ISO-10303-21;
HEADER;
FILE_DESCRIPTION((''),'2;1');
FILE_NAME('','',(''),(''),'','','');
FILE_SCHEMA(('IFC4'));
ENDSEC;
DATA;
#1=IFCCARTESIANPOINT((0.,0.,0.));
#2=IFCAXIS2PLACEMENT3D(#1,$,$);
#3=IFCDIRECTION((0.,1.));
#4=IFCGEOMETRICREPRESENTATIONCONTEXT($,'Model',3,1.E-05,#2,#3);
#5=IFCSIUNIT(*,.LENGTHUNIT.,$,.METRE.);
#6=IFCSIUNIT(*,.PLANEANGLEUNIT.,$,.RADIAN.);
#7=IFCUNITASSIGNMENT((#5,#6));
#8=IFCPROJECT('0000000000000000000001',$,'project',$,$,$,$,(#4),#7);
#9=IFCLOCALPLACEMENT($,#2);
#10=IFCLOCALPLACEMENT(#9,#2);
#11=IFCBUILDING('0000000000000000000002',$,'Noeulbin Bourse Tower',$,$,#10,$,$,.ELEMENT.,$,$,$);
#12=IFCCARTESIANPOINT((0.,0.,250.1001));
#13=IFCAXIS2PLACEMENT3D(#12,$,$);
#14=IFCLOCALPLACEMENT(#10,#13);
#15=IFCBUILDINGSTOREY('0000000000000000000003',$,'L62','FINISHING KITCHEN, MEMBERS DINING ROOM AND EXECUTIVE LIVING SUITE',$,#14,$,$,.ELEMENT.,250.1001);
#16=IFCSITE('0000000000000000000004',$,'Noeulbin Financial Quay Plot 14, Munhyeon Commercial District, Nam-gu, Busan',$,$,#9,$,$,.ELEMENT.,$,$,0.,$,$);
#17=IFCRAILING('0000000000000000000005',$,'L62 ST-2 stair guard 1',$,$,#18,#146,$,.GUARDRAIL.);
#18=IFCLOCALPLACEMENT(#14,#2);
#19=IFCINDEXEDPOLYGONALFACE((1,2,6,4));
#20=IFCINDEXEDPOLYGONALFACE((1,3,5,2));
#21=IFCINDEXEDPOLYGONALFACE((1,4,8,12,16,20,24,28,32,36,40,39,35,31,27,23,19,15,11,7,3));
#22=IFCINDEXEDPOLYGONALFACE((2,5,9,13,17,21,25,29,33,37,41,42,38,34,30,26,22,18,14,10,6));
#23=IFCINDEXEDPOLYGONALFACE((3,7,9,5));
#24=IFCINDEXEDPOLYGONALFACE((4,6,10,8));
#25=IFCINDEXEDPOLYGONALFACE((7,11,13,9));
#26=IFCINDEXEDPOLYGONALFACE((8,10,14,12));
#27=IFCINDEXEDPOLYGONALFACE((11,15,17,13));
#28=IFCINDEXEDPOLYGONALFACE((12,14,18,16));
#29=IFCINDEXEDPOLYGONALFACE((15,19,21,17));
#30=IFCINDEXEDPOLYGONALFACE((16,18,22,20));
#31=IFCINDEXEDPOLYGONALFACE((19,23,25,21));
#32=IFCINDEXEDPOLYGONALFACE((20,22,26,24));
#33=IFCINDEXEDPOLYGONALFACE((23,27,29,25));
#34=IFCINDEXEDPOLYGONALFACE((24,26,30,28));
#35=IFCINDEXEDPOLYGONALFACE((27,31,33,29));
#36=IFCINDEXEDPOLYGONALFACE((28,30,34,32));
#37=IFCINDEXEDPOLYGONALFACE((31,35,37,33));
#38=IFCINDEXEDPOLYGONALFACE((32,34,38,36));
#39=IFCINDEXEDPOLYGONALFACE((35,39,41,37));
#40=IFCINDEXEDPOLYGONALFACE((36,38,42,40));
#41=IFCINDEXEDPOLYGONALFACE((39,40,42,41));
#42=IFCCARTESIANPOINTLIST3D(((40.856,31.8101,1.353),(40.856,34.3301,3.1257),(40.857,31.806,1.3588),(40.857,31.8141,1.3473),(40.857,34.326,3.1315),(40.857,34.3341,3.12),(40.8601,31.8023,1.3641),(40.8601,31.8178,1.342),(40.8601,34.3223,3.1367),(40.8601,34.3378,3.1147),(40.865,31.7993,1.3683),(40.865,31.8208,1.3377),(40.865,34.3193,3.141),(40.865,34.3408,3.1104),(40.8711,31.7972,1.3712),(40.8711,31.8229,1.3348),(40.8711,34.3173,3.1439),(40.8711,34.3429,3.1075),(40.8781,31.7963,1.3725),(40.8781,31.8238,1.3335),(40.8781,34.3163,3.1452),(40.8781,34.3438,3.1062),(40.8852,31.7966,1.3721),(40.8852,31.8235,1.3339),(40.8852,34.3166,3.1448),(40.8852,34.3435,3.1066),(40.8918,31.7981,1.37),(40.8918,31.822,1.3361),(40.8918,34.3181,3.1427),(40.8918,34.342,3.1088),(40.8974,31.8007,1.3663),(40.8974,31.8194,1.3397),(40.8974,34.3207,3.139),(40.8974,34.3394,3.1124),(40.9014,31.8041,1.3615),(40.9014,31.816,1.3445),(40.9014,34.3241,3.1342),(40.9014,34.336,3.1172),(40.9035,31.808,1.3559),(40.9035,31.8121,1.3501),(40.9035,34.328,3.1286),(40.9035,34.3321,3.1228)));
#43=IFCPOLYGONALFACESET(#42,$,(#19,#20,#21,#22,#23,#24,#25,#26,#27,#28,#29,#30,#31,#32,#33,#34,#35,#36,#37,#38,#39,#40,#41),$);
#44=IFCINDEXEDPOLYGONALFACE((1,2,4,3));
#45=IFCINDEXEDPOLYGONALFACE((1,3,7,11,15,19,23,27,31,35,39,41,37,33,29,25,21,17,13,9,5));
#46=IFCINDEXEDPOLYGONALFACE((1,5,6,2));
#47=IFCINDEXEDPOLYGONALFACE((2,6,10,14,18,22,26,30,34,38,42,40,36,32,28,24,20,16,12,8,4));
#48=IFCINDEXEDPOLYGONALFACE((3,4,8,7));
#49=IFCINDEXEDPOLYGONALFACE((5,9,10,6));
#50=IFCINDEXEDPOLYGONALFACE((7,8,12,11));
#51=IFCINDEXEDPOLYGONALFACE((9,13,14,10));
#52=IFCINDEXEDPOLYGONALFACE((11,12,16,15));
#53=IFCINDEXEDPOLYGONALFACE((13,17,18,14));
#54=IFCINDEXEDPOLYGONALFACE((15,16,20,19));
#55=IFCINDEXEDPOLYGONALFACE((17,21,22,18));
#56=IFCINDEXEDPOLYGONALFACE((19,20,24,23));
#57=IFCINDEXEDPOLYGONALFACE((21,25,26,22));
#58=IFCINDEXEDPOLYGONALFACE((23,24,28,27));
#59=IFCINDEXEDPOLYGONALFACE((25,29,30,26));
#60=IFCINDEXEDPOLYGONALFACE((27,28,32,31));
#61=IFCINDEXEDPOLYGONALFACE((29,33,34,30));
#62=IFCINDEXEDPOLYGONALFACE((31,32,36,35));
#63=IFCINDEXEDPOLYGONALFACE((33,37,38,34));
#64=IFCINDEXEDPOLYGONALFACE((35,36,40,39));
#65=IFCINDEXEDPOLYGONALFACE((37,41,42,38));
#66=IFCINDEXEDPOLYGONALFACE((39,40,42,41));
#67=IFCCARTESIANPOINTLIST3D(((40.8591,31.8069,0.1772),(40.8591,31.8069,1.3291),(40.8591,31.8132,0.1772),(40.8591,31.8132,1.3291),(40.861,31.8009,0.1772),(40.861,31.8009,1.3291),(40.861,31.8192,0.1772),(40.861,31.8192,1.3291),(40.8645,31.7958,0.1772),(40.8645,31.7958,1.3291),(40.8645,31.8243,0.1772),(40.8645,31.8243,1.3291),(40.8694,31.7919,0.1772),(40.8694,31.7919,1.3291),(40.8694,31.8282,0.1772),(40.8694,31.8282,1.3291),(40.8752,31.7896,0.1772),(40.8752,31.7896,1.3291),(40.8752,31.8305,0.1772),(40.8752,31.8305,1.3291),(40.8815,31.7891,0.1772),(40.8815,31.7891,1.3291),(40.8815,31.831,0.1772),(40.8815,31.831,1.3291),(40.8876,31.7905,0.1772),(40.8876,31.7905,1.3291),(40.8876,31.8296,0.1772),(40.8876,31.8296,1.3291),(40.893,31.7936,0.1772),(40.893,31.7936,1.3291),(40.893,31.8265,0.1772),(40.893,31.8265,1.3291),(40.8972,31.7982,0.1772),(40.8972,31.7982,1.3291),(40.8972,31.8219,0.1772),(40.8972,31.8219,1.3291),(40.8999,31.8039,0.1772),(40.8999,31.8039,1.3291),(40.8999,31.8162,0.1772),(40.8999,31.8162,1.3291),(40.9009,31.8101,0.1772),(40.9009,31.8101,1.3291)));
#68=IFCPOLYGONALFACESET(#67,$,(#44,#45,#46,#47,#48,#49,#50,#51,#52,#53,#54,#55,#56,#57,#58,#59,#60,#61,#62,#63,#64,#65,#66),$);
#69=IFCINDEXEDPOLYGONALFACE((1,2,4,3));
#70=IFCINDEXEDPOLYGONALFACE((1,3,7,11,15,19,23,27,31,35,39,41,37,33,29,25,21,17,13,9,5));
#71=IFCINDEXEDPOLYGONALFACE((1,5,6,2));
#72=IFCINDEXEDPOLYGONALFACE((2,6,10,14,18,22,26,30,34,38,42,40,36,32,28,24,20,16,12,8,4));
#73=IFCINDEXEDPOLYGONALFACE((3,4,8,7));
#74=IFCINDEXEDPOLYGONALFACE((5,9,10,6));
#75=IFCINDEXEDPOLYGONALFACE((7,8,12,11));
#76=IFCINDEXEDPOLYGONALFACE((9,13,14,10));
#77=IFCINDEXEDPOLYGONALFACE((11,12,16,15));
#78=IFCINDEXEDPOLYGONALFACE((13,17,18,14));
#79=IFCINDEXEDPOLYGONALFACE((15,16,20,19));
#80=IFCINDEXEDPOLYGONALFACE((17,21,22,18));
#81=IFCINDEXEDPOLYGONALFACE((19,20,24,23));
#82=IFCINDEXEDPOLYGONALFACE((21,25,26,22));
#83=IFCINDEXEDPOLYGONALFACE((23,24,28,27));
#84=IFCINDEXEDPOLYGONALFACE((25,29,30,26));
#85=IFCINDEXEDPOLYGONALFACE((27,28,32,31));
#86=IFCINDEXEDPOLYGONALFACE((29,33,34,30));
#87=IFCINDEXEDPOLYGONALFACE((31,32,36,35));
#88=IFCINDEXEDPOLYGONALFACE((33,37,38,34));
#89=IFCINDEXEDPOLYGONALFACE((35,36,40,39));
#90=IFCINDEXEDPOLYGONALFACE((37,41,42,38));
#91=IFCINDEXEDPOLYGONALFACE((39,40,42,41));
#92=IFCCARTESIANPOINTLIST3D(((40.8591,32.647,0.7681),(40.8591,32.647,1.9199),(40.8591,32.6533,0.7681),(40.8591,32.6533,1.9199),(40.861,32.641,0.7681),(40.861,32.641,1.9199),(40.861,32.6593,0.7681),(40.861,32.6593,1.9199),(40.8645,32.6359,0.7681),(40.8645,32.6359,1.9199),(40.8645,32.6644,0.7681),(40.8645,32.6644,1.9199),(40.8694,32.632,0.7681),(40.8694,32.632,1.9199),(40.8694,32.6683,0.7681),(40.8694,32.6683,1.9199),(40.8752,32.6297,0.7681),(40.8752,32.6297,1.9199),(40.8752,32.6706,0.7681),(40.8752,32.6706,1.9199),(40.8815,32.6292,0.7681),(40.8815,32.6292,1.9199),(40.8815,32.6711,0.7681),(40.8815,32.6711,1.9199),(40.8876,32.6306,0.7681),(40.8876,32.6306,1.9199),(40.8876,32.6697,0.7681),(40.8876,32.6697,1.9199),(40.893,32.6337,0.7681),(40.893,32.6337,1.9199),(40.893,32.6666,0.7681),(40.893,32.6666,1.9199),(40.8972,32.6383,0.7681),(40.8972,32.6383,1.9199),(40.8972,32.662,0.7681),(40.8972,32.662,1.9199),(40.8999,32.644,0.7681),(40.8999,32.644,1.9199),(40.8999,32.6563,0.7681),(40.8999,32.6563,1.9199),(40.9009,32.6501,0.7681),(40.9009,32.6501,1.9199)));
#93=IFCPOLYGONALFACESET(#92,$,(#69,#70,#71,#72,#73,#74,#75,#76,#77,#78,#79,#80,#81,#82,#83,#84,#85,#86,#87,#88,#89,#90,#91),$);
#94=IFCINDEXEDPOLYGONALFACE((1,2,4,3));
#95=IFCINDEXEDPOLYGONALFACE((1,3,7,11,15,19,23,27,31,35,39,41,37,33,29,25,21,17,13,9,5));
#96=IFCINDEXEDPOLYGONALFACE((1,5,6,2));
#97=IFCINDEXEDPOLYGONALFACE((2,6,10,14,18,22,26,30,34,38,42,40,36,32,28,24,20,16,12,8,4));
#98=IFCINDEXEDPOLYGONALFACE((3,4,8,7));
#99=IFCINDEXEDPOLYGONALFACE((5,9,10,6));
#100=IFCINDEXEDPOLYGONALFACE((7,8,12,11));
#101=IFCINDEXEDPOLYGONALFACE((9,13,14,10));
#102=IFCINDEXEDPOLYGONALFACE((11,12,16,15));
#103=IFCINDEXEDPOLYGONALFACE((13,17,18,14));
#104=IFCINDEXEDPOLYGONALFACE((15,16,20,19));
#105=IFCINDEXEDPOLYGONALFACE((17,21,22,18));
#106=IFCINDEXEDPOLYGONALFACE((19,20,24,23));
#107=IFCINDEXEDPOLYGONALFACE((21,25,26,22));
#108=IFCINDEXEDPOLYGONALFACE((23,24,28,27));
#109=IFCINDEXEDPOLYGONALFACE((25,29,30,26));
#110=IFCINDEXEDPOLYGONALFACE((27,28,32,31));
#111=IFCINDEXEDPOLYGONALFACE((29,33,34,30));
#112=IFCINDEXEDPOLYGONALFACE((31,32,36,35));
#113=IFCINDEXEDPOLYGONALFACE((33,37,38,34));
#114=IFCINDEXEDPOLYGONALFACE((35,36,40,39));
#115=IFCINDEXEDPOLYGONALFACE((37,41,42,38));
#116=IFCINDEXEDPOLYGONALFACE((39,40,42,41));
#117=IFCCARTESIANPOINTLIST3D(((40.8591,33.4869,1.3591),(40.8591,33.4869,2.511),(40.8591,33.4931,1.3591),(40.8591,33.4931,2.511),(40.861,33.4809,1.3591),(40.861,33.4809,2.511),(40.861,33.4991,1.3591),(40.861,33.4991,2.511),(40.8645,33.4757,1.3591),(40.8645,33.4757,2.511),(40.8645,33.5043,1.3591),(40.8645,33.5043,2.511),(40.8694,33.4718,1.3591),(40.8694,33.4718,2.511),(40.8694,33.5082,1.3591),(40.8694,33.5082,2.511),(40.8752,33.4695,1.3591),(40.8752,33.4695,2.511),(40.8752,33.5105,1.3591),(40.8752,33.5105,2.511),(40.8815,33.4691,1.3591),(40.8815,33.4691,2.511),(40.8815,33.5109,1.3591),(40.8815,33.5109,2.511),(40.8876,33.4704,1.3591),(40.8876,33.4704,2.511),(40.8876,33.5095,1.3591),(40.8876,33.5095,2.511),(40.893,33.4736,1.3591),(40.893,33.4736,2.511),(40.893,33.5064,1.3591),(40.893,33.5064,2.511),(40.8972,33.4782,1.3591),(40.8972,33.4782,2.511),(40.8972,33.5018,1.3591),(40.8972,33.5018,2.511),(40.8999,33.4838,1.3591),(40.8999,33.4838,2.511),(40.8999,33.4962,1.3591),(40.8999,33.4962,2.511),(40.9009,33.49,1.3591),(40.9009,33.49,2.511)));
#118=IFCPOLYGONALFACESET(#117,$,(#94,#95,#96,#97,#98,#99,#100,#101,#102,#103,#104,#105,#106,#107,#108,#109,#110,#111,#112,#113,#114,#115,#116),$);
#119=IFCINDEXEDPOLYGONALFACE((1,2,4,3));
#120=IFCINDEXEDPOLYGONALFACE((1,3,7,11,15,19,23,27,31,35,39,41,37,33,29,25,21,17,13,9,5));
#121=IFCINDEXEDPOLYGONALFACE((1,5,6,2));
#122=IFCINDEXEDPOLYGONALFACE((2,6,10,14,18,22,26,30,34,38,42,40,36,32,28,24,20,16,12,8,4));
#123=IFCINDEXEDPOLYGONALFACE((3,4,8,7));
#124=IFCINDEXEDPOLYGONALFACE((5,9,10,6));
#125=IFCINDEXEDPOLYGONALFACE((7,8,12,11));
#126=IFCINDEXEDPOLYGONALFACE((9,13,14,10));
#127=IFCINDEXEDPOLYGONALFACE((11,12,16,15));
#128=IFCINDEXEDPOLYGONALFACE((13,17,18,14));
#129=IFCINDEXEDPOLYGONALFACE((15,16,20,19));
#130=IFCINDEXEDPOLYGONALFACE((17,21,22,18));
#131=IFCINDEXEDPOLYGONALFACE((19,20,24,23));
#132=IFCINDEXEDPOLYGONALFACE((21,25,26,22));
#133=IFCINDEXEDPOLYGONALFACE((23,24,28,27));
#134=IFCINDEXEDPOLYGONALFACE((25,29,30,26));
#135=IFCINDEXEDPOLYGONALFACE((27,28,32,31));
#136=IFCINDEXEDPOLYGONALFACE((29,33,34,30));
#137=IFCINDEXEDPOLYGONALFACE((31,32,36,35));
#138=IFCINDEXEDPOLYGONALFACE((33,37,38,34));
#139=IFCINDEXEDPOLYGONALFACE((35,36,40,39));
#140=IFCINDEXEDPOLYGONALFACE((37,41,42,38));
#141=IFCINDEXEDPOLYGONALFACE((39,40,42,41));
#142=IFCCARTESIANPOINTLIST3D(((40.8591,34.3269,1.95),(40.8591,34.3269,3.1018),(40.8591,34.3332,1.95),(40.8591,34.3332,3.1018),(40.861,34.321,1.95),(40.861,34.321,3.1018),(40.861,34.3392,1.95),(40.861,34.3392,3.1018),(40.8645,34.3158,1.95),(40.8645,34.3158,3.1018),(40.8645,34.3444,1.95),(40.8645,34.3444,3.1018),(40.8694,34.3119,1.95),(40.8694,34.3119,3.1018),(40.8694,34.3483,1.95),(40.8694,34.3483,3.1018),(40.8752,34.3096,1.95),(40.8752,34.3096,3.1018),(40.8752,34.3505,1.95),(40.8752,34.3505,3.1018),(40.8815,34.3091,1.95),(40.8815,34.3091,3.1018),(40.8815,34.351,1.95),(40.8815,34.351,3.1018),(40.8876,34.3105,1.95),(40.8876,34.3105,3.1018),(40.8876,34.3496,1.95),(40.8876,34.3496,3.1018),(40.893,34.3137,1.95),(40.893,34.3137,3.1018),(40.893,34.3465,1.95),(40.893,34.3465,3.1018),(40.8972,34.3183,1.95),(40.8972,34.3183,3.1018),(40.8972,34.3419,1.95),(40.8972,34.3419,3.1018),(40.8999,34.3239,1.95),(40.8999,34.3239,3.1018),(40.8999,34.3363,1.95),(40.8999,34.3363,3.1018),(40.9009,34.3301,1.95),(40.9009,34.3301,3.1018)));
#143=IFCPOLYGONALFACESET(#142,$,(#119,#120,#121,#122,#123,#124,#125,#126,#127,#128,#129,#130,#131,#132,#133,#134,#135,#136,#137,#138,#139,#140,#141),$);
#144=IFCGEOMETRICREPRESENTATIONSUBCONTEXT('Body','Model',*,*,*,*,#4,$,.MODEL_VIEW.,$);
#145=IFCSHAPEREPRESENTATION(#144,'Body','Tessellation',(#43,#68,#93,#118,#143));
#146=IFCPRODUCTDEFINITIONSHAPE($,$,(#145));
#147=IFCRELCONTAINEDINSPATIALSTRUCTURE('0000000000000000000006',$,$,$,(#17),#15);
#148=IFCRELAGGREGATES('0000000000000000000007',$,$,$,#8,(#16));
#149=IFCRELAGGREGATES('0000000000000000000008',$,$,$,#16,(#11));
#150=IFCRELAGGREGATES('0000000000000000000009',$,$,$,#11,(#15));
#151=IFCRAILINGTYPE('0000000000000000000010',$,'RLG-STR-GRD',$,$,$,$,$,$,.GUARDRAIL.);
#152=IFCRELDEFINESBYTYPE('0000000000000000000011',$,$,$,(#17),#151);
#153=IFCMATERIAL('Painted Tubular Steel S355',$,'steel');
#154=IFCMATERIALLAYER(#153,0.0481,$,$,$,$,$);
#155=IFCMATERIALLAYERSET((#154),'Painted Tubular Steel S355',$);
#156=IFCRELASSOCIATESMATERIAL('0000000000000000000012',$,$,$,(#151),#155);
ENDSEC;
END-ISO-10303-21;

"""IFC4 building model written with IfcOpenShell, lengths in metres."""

from ifc_helpers import new_model, si_unit, direction, frame, origin, origin_2d, place, context, subcontext, project, spatial, circle, extrude, material, layer, layer_set, type_object, element, save


model = new_model("IFC4")

# Units and contexts
model_context = context("Model", 3, precision=1e-05, world=origin(), true_north=direction((0.0, 1.0)))
body_context = subcontext(model_context, "Body", "Model", "MODEL_VIEW")
ifc_project = project(units=[si_unit("LENGTHUNIT", "METRE"), si_unit("PLANEANGLEUNIT", "RADIAN")], contexts=[model_context])

# Site, building, storey
site_placement = place(None, origin())
site = spatial("IfcSite", under=ifc_project, at=site_placement, Name="Noeulbin Financial Quay Plot 14, Munhyeon Commercial District, Nam-gu, Busan", CompositionType="ELEMENT", RefElevation=0.0)
building_placement = place(site_placement, origin())
building = spatial("IfcBuilding", under=site, at=building_placement, Name="Noeulbin Bourse Tower", CompositionType="ELEMENT")
storey_placement = place(building_placement, frame((0.0, 0.0, 250.1001)))
storey = spatial("IfcBuildingStorey", under=building, at=storey_placement, Name="L62", Description="FINISHING KITCHEN, MEMBERS DINING ROOM AND EXECUTIVE LIVING SUITE", CompositionType="ELEMENT", Elevation=250.1001)

# Railing
ifc_material_1 = material(Name="Painted Tubular Steel S355", Category="steel")
ifc_layer_1 = layer(ifc_material_1, 0.0481)
ifc_layer_set_1 = layer_set([ifc_layer_1], Name="Painted Tubular Steel S355")
railing_type_1 = type_object("IfcRailingType", Name="RLG-STR-GRD", PredefinedType="GUARDRAIL", material=ifc_layer_set_1)
railing_1_placement = place(storey_placement, frame((40.8799, 31.8101, 0.1772)))
element("IfcRailing", 1, at=railing_1_placement, inside=storey, type_object=railing_type_1, Name="L62 ST-2 stair guard 1", PredefinedType="GUARDRAIL", context=body_context, shape_type="SweptSolid", body=[
    extrude(circle(Radius=0.0239, at=origin_2d()), frame((0.0, 0.0, 1.1758), z_axis=(0.0, 0.817904, 0.575354), x_axis=(-1.0, 0.0, 0.0)), (0.0, 0.0, 1.0), 3.0811),
    extrude(circle(Radius=0.021, at=origin_2d()), origin(), (0.0, 0.0, 1.0), 1.1519),
    extrude(circle(Radius=0.021, at=origin_2d()), frame((0.0, 0.8401, 0.5908)), (0.0, 0.0, 1.0), 1.1519),
    extrude(circle(Radius=0.021, at=origin_2d()), frame((0.0, 1.6799, 1.1819)), (0.0, 0.0, 1.0), 1.1519),
    extrude(circle(Radius=0.021, at=origin_2d()), frame((0.0, 2.52, 1.7727)), (0.0, 0.0, 1.0), 1.1519),
])

save(model, "model.ifc")
